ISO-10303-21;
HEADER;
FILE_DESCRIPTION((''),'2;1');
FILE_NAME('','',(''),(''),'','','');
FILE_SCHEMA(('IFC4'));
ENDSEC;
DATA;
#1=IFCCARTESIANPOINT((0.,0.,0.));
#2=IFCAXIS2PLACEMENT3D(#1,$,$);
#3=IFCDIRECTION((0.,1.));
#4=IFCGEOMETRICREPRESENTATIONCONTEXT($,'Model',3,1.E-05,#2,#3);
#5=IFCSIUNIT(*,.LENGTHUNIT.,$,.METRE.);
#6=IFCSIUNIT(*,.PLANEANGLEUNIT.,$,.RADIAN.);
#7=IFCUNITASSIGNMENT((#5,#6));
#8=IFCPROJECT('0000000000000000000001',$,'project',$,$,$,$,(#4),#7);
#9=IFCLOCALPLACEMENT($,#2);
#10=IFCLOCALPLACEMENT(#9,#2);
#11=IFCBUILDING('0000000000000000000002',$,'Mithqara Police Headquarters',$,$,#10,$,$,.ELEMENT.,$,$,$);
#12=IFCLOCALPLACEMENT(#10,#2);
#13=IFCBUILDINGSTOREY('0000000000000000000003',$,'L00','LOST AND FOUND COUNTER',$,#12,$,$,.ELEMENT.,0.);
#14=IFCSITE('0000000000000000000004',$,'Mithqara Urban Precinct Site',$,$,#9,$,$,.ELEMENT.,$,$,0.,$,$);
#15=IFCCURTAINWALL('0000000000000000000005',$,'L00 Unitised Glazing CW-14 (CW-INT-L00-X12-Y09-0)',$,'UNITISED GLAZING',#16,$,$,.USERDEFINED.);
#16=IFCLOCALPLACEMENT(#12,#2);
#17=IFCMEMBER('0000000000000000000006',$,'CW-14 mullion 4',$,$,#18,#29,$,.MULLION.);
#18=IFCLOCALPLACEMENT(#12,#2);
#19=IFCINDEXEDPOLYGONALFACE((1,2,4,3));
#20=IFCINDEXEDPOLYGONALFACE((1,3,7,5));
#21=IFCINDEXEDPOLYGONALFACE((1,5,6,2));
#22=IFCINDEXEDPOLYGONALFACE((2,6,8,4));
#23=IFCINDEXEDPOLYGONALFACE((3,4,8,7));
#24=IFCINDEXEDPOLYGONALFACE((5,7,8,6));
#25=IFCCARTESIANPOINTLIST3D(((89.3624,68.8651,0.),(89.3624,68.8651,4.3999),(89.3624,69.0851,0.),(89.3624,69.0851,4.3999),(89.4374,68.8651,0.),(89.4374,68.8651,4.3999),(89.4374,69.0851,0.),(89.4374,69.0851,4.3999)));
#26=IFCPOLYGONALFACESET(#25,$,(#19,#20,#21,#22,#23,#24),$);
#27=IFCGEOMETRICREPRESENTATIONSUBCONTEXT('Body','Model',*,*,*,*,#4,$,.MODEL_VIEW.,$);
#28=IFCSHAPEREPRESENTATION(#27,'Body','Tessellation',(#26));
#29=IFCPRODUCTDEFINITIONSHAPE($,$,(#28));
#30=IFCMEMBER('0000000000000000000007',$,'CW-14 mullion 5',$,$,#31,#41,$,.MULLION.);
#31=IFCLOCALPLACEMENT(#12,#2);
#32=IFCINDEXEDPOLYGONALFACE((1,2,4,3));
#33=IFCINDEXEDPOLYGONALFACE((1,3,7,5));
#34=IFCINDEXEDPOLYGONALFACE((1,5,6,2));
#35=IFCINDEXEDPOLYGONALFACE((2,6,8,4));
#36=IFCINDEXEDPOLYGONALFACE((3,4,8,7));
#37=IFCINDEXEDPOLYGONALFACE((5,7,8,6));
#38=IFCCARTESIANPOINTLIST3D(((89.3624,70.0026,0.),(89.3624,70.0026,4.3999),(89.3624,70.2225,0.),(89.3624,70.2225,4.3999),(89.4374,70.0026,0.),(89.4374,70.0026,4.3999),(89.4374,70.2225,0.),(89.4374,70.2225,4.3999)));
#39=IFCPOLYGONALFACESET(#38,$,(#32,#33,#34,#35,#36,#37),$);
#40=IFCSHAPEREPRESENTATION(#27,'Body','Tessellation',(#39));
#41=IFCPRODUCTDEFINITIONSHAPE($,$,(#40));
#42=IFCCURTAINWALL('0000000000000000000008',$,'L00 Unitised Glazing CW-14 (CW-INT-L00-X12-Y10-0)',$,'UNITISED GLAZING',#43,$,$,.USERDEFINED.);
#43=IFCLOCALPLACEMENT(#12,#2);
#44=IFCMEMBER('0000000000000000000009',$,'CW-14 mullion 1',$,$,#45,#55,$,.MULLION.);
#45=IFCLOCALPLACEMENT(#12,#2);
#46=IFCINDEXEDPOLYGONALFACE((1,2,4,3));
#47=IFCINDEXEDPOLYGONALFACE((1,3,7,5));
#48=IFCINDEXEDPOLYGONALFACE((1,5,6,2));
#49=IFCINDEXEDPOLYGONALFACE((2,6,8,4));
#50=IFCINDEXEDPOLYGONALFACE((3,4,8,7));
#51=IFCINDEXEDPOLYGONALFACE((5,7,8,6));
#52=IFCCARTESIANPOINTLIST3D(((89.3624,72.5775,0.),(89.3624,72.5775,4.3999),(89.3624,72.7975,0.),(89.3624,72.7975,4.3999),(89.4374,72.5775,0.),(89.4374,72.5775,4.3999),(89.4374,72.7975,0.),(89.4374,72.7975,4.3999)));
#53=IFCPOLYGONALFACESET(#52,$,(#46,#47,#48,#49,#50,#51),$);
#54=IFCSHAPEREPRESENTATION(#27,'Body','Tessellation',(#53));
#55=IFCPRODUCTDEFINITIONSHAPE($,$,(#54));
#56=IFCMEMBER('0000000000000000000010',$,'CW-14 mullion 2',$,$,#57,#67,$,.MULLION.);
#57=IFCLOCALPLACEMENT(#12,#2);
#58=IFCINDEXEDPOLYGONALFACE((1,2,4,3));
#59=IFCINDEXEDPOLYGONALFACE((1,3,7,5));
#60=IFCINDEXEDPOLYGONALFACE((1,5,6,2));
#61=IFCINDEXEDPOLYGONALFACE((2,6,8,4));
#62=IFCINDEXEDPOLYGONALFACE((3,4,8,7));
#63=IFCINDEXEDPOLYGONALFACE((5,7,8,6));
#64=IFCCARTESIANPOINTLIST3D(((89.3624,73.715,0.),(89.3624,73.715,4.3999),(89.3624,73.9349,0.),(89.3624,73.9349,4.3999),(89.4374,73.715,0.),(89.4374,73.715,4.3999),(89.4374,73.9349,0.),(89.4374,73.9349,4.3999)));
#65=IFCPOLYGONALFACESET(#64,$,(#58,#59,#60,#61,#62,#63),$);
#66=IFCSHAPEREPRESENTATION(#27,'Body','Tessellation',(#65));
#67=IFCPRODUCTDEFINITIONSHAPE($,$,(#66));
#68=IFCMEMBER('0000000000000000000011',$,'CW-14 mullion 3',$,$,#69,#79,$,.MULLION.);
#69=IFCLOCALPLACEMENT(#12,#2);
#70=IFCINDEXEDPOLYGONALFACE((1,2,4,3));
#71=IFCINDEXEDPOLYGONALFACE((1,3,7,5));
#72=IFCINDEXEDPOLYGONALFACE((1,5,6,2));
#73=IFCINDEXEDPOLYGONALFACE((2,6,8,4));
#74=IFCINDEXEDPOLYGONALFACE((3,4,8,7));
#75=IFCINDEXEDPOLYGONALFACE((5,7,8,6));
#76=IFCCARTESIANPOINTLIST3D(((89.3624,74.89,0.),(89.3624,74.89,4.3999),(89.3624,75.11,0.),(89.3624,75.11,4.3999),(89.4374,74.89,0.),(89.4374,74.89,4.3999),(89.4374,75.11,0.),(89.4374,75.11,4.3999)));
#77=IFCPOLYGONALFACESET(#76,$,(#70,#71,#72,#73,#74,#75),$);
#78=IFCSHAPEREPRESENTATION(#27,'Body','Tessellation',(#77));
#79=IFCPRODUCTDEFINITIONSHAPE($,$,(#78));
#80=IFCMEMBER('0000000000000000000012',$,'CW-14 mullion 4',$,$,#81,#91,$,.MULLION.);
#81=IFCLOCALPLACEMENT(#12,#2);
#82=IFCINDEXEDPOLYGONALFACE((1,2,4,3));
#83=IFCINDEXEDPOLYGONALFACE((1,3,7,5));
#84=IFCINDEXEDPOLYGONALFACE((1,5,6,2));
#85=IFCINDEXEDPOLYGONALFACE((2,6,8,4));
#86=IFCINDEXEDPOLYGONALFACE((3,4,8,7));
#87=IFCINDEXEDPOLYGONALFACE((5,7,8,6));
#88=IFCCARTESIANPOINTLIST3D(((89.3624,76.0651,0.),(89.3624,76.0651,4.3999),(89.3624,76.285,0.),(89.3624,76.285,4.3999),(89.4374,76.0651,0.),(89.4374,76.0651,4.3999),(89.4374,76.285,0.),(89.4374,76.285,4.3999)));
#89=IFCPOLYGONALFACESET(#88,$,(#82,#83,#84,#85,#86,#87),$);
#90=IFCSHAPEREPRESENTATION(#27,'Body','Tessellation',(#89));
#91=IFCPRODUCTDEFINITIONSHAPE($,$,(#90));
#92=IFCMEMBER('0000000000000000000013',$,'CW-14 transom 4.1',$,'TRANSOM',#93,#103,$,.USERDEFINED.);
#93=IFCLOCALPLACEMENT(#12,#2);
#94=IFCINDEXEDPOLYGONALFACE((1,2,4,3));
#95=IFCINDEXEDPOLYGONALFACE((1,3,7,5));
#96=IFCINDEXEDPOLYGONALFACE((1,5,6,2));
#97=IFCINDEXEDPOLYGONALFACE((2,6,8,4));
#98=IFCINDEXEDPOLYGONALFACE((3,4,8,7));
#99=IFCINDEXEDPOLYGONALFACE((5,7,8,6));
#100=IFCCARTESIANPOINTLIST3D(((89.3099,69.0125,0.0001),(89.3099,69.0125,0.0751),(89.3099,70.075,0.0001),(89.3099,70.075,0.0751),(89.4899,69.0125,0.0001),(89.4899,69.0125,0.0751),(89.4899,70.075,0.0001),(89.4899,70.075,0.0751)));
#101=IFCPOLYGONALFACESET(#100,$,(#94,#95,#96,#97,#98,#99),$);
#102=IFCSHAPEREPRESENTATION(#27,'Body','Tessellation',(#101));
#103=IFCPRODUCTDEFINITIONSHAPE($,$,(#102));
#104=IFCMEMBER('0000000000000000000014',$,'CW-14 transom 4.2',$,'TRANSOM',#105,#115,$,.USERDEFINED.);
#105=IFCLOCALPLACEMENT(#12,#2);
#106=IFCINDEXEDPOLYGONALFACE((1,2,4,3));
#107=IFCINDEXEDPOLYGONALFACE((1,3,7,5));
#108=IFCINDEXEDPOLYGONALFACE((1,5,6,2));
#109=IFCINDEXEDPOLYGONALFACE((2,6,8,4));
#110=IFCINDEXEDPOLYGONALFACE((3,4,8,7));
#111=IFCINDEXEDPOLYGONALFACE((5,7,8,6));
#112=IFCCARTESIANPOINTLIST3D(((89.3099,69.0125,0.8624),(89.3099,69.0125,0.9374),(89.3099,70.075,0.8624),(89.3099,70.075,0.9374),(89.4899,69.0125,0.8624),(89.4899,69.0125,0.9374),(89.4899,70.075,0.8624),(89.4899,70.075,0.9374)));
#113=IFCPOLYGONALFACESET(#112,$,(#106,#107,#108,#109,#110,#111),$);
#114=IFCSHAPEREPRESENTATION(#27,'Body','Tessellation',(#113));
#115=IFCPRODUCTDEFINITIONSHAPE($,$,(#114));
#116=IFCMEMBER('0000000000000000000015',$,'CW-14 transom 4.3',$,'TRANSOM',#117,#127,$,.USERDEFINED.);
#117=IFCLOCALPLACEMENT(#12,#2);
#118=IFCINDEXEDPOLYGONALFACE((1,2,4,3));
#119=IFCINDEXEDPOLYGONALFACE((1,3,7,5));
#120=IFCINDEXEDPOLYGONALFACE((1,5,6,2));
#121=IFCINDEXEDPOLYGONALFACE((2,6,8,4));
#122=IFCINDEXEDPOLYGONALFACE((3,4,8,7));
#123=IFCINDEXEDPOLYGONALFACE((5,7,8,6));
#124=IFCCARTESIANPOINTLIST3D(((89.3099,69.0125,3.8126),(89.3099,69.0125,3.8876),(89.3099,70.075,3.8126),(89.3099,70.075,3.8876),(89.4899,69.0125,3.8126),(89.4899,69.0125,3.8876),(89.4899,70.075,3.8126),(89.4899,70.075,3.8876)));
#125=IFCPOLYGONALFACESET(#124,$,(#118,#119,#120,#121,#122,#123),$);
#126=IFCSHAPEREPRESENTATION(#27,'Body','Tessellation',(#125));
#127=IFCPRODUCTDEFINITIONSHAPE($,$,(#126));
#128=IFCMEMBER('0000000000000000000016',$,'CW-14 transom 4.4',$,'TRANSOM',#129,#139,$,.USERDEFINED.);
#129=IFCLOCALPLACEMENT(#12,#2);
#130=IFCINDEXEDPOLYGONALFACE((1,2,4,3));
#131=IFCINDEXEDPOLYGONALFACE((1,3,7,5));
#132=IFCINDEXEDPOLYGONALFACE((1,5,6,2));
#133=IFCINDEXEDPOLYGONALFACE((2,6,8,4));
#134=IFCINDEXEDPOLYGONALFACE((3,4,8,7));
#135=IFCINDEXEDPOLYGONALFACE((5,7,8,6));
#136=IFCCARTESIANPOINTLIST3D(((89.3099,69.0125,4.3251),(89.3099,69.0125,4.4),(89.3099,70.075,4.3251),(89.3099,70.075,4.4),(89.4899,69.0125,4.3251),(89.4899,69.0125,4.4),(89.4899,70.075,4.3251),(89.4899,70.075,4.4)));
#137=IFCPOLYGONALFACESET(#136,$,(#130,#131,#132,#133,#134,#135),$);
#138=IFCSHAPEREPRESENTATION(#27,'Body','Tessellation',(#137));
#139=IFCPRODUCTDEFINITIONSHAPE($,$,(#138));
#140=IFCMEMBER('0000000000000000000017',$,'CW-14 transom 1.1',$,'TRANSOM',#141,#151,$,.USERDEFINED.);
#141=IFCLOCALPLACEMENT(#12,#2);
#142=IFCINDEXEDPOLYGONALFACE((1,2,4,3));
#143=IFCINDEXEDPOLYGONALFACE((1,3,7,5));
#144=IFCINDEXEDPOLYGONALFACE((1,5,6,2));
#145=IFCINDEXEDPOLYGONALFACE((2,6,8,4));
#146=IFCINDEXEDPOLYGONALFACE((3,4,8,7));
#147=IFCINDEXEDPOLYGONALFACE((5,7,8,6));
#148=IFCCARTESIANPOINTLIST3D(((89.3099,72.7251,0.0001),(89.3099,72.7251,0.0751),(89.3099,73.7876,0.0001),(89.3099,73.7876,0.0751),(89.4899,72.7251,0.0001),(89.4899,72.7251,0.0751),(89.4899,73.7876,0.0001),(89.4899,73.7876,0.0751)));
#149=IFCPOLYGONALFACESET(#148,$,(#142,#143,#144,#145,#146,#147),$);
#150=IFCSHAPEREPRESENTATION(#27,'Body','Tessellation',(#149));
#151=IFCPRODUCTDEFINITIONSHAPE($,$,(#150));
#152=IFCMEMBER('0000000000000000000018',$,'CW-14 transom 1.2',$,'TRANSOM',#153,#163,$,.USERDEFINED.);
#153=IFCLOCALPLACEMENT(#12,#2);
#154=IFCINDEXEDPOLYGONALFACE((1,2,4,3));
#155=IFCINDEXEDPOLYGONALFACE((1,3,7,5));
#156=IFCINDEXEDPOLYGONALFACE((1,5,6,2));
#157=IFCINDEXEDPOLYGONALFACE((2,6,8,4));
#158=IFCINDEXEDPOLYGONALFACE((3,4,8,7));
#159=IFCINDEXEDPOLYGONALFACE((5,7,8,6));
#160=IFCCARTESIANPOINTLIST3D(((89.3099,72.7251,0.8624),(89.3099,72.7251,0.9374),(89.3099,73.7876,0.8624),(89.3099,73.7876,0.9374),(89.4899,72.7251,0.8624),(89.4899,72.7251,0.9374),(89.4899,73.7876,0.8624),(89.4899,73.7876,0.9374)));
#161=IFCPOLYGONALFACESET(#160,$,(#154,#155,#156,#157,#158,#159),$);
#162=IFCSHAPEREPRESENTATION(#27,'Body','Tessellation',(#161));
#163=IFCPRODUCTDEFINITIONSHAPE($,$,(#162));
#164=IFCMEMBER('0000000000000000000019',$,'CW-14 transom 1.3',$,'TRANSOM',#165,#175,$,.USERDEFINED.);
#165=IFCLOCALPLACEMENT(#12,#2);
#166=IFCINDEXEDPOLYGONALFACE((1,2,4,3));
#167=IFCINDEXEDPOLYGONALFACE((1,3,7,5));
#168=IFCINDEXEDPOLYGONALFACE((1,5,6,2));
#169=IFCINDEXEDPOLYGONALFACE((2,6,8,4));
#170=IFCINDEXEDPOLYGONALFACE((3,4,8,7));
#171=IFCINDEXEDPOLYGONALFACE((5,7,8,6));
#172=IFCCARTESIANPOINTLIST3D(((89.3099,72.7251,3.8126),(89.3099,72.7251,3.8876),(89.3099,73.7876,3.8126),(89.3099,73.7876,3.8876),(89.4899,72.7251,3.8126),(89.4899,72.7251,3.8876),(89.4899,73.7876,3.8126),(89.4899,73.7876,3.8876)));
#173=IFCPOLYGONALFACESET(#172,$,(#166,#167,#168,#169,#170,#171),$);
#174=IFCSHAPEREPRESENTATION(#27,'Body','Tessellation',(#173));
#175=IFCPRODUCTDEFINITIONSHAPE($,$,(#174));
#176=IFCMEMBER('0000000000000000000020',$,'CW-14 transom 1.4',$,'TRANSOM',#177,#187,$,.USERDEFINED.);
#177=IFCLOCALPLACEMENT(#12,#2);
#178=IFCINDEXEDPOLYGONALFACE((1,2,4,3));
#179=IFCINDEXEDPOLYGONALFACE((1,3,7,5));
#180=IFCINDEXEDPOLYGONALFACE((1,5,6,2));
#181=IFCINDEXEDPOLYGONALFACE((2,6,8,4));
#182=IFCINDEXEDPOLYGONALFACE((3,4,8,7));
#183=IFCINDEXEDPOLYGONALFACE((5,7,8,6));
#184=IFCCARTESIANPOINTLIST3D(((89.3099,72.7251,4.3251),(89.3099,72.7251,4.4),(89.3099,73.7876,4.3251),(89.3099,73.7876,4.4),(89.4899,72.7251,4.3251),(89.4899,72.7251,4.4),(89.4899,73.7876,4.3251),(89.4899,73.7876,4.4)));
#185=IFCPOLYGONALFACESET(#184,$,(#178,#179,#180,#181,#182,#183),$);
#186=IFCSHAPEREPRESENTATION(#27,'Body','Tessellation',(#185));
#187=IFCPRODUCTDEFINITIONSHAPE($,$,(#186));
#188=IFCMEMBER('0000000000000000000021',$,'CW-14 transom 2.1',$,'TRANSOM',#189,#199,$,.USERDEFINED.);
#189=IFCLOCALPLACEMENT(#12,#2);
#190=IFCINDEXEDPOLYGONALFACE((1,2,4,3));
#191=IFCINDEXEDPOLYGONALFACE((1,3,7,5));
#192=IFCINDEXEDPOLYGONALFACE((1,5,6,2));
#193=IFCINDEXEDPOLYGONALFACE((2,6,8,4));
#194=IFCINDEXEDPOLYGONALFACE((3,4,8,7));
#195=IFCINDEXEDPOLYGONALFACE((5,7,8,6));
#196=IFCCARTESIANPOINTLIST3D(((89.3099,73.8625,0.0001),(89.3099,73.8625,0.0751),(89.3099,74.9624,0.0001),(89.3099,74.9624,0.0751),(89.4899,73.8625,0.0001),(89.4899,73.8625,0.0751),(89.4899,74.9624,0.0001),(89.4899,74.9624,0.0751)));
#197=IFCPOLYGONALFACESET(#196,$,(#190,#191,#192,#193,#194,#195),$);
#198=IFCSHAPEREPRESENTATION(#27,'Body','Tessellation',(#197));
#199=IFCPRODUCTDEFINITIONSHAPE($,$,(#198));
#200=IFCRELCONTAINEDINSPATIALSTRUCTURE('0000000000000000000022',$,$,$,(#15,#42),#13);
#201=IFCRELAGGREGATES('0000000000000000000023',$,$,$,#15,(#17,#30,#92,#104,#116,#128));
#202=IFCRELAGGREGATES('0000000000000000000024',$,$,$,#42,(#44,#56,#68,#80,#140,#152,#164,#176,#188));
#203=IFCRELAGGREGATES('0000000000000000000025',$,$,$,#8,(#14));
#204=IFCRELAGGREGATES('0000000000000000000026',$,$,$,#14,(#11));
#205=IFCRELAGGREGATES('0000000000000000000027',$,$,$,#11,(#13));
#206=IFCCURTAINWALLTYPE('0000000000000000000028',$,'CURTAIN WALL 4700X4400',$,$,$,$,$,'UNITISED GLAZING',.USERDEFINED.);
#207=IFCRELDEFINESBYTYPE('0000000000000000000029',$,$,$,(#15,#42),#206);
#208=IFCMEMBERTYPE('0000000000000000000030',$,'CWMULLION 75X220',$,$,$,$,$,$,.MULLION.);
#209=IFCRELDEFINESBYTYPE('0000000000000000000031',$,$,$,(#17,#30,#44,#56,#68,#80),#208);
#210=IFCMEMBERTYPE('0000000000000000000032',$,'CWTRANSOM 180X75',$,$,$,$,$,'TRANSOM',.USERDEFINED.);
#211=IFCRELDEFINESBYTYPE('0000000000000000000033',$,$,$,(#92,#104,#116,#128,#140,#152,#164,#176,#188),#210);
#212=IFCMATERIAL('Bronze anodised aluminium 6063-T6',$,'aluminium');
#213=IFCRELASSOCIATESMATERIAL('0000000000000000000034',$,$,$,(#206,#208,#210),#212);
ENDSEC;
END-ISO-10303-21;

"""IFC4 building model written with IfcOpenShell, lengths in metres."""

from ifc_helpers import new_model, si_unit, direction, frame, origin, origin_2d, place, context, subcontext, project, spatial, rectangle, extrude, material, material_profile, profile_set, type_object, element, aggregate, save


model = new_model("IFC4")

# Units and contexts
model_context = context("Model", 3, precision=1e-05, world=origin(), true_north=direction((0.0, 1.0)))
body_context = subcontext(model_context, "Body", "Model", "MODEL_VIEW")
ifc_project = project(units=[si_unit("LENGTHUNIT", "METRE"), si_unit("PLANEANGLEUNIT", "RADIAN")], contexts=[model_context])

# Site, building, storey
site_placement = place(None, origin())
site = spatial("IfcSite", under=ifc_project, at=site_placement, Name="Mithqara Urban Precinct Site", CompositionType="ELEMENT", RefElevation=0.0)
building_placement = place(site_placement, origin())
building = spatial("IfcBuilding", under=site, at=building_placement, Name="Mithqara Police Headquarters", CompositionType="ELEMENT")
storey_placement = place(building_placement, origin())
storey = spatial("IfcBuildingStorey", under=building, at=storey_placement, Name="L00", Description="LOST AND FOUND COUNTER", CompositionType="ELEMENT", Elevation=0.0)

# Curtain walls, members
ifc_material_1 = material(Name="Bronze anodised aluminium 6063-T6", Category="aluminium")
curtain_wall_type = type_object("IfcCurtainWallType", Name="CURTAIN WALL 4700X4400", ElementType="UNITISED GLAZING", PredefinedType="USERDEFINED", material=ifc_material_1)
curtain_wall_1_placement = place(storey_placement, origin())
curtain_wall_1 = element("IfcCurtainWall", 1, at=curtain_wall_1_placement, inside=storey, type_object=curtain_wall_type, Name="L00 Unitised Glazing CW-14 (CW-INT-L00-X12-Y09-0)", ObjectType="UNITISED GLAZING", PredefinedType="USERDEFINED")
ifc_material_profile_1 = material_profile(ifc_material_1, rectangle(XDim=0.075, YDim=0.22, at=origin_2d()), Name="CWM 75x220")
ifc_profile_set_1 = profile_set([ifc_material_profile_1], Name="Bronze anodised aluminium 6063-T6")
member_type_1 = type_object("IfcMemberType", Name="CWMULLION 75X220", PredefinedType="MULLION", material=ifc_profile_set_1)
member_1_placement = place(storey_placement, frame((89.3999, 68.9751, 0.0), z_axis=(0.0, 0.0, 1.0), x_axis=(-1.0, 0.0, 0.0)))
member_1 = element("IfcMember", 2, at=member_1_placement, type_object=member_type_1, Name="CW-14 mullion 4", PredefinedType="MULLION", context=body_context, shape_type="SweptSolid", body=[
    extrude(rectangle(XDim=0.075, YDim=0.22, at=origin_2d()), origin(), (0.0, 0.0, 1.0), 4.3999),
])
member_2_placement = place(storey_placement, frame((89.3999, 70.1125, 0.0), z_axis=(0.0, 0.0, 1.0), x_axis=(-1.0, 0.0, 0.0)))
member_2 = element("IfcMember", 3, at=member_2_placement, type_object=member_type_1, Name="CW-14 mullion 5", PredefinedType="MULLION", context=body_context, shape_type="SweptSolid", body=[
    extrude(rectangle(XDim=0.075, YDim=0.22, at=origin_2d()), origin(), (0.0, 0.0, 1.0), 4.3999),
])
curtain_wall_2_placement = place(storey_placement, origin())
curtain_wall_2 = element("IfcCurtainWall", 4, at=curtain_wall_2_placement, inside=storey, type_object=curtain_wall_type, Name="L00 Unitised Glazing CW-14 (CW-INT-L00-X12-Y10-0)", ObjectType="UNITISED GLAZING", PredefinedType="USERDEFINED")
member_3_placement = place(storey_placement, frame((89.3999, 72.6875, 0.0), z_axis=(0.0, 0.0, 1.0), x_axis=(-1.0, 0.0, 0.0)))
member_3 = element("IfcMember", 5, at=member_3_placement, type_object=member_type_1, Name="CW-14 mullion 1", PredefinedType="MULLION", context=body_context, shape_type="SweptSolid", body=[
    extrude(rectangle(XDim=0.075, YDim=0.22, at=origin_2d()), origin(), (0.0, 0.0, 1.0), 4.3999),
])
member_4_placement = place(storey_placement, frame((89.3999, 73.825, 0.0), z_axis=(0.0, 0.0, 1.0), x_axis=(-1.0, 0.0, 0.0)))
member_4 = element("IfcMember", 6, at=member_4_placement, type_object=member_type_1, Name="CW-14 mullion 2", PredefinedType="MULLION", context=body_context, shape_type="SweptSolid", body=[
    extrude(rectangle(XDim=0.075, YDim=0.22, at=origin_2d()), origin(), (0.0, 0.0, 1.0), 4.3999),
])
member_5_placement = place(storey_placement, frame((89.3999, 75.0, 0.0), z_axis=(0.0, 0.0, 1.0), x_axis=(-1.0, 0.0, 0.0)))
member_5 = element("IfcMember", 7, at=member_5_placement, type_object=member_type_1, Name="CW-14 mullion 3", PredefinedType="MULLION", context=body_context, shape_type="SweptSolid", body=[
    extrude(rectangle(XDim=0.075, YDim=0.22, at=origin_2d()), origin(), (0.0, 0.0, 1.0), 4.3999),
])
member_6_placement = place(storey_placement, frame((89.3999, 76.175, 0.0), z_axis=(0.0, 0.0, 1.0), x_axis=(-1.0, 0.0, 0.0)))
member_6 = element("IfcMember", 8, at=member_6_placement, type_object=member_type_1, Name="CW-14 mullion 4", PredefinedType="MULLION", context=body_context, shape_type="SweptSolid", body=[
    extrude(rectangle(XDim=0.075, YDim=0.22, at=origin_2d()), origin(), (0.0, 0.0, 1.0), 4.3999),
])

# Members
ifc_material_profile_2 = material_profile(ifc_material_1, rectangle(XDim=0.1799, YDim=0.075, at=origin_2d()), Name="CWT 180x75")
ifc_profile_set_2 = profile_set([ifc_material_profile_2], Name="Bronze anodised aluminium 6063-T6")
member_type_2 = type_object("IfcMemberType", Name="CWTRANSOM 180X75", ElementType="TRANSOM", PredefinedType="USERDEFINED", material=ifc_profile_set_2)
member_7_placement = place(storey_placement, frame((89.3999, 69.0125, 0.0376), z_axis=(0.0, 1.0, 0.0), x_axis=(-1.0, 0.0, 0.0)))
member_7 = element("IfcMember", 9, at=member_7_placement, type_object=member_type_2, Name="CW-14 transom 4.1", ObjectType="TRANSOM", PredefinedType="USERDEFINED", context=body_context, shape_type="SweptSolid", body=[
    extrude(rectangle(XDim=0.1799, YDim=0.075, at=origin_2d()), origin(), (0.0, 0.0, 1.0), 1.0625),
])
member_8_placement = place(storey_placement, frame((89.3999, 69.0125, 0.8999), z_axis=(0.0, 1.0, 0.0), x_axis=(-1.0, 0.0, 0.0)))
member_8 = element("IfcMember", 10, at=member_8_placement, type_object=member_type_2, Name="CW-14 transom 4.2", ObjectType="TRANSOM", PredefinedType="USERDEFINED", context=body_context, shape_type="SweptSolid", body=[
    extrude(rectangle(XDim=0.1799, YDim=0.075, at=origin_2d()), origin(), (0.0, 0.0, 1.0), 1.0625),
])
member_9_placement = place(storey_placement, frame((89.3999, 69.0125, 3.8501), z_axis=(0.0, 1.0, 0.0), x_axis=(-1.0, 0.0, 0.0)))
member_9 = element("IfcMember", 11, at=member_9_placement, type_object=member_type_2, Name="CW-14 transom 4.3", ObjectType="TRANSOM", PredefinedType="USERDEFINED", context=body_context, shape_type="SweptSolid", body=[
    extrude(rectangle(XDim=0.1799, YDim=0.075, at=origin_2d()), origin(), (0.0, 0.0, 1.0), 1.0625),
])
member_10_placement = place(storey_placement, frame((89.3999, 69.0125, 4.3625), z_axis=(0.0, 1.0, 0.0), x_axis=(-1.0, 0.0, 0.0)))
member_10 = element("IfcMember", 12, at=member_10_placement, type_object=member_type_2, Name="CW-14 transom 4.4", ObjectType="TRANSOM", PredefinedType="USERDEFINED", context=body_context, shape_type="SweptSolid", body=[
    extrude(rectangle(XDim=0.1799, YDim=0.075, at=origin_2d()), origin(), (0.0, 0.0, 1.0), 1.0625),
])
member_11_placement = place(storey_placement, frame((89.3999, 72.7251, 0.0376), z_axis=(0.0, 1.0, 0.0), x_axis=(-1.0, 0.0, 0.0)))
member_11 = element("IfcMember", 13, at=member_11_placement, type_object=member_type_2, Name="CW-14 transom 1.1", ObjectType="TRANSOM", PredefinedType="USERDEFINED", context=body_context, shape_type="SweptSolid", body=[
    extrude(rectangle(XDim=0.1799, YDim=0.075, at=origin_2d()), origin(), (0.0, 0.0, 1.0), 1.0625),
])
member_12_placement = place(storey_placement, frame((89.3999, 72.7251, 0.8999), z_axis=(0.0, 1.0, 0.0), x_axis=(-1.0, 0.0, 0.0)))
member_12 = element("IfcMember", 14, at=member_12_placement, type_object=member_type_2, Name="CW-14 transom 1.2", ObjectType="TRANSOM", PredefinedType="USERDEFINED", context=body_context, shape_type="SweptSolid", body=[
    extrude(rectangle(XDim=0.1799, YDim=0.075, at=origin_2d()), origin(), (0.0, 0.0, 1.0), 1.0625),
])
member_13_placement = place(storey_placement, frame((89.3999, 72.7251, 3.8501), z_axis=(0.0, 1.0, 0.0), x_axis=(-1.0, 0.0, 0.0)))
member_13 = element("IfcMember", 15, at=member_13_placement, type_object=member_type_2, Name="CW-14 transom 1.3", ObjectType="TRANSOM", PredefinedType="USERDEFINED", context=body_context, shape_type="SweptSolid", body=[
    extrude(rectangle(XDim=0.1799, YDim=0.075, at=origin_2d()), origin(), (0.0, 0.0, 1.0), 1.0625),
])
member_14_placement = place(storey_placement, frame((89.3999, 72.7251, 4.3625), z_axis=(0.0, 1.0, 0.0), x_axis=(-1.0, 0.0, 0.0)))
member_14 = element("IfcMember", 16, at=member_14_placement, type_object=member_type_2, Name="CW-14 transom 1.4", ObjectType="TRANSOM", PredefinedType="USERDEFINED", context=body_context, shape_type="SweptSolid", body=[
    extrude(rectangle(XDim=0.1799, YDim=0.075, at=origin_2d()), origin(), (0.0, 0.0, 1.0), 1.0625),
])
member_15_placement = place(storey_placement, frame((89.3999, 73.8625, 0.0376), z_axis=(0.0, 1.0, 0.0), x_axis=(-1.0, 0.0, 0.0)))
member_15 = element("IfcMember", 17, at=member_15_placement, type_object=member_type_2, Name="CW-14 transom 2.1", ObjectType="TRANSOM", PredefinedType="USERDEFINED", context=body_context, shape_type="SweptSolid", body=[
    extrude(rectangle(XDim=0.1799, YDim=0.075, at=origin_2d()), origin(), (0.0, 0.0, 1.0), 1.0999),
])

aggregate(curtain_wall_1, [member_1, member_2, member_7, member_8, member_9, member_10])
aggregate(curtain_wall_2, [member_3, member_4, member_5, member_6, member_11, member_12, member_13, member_14, member_15])

save(model, "model.ifc")
